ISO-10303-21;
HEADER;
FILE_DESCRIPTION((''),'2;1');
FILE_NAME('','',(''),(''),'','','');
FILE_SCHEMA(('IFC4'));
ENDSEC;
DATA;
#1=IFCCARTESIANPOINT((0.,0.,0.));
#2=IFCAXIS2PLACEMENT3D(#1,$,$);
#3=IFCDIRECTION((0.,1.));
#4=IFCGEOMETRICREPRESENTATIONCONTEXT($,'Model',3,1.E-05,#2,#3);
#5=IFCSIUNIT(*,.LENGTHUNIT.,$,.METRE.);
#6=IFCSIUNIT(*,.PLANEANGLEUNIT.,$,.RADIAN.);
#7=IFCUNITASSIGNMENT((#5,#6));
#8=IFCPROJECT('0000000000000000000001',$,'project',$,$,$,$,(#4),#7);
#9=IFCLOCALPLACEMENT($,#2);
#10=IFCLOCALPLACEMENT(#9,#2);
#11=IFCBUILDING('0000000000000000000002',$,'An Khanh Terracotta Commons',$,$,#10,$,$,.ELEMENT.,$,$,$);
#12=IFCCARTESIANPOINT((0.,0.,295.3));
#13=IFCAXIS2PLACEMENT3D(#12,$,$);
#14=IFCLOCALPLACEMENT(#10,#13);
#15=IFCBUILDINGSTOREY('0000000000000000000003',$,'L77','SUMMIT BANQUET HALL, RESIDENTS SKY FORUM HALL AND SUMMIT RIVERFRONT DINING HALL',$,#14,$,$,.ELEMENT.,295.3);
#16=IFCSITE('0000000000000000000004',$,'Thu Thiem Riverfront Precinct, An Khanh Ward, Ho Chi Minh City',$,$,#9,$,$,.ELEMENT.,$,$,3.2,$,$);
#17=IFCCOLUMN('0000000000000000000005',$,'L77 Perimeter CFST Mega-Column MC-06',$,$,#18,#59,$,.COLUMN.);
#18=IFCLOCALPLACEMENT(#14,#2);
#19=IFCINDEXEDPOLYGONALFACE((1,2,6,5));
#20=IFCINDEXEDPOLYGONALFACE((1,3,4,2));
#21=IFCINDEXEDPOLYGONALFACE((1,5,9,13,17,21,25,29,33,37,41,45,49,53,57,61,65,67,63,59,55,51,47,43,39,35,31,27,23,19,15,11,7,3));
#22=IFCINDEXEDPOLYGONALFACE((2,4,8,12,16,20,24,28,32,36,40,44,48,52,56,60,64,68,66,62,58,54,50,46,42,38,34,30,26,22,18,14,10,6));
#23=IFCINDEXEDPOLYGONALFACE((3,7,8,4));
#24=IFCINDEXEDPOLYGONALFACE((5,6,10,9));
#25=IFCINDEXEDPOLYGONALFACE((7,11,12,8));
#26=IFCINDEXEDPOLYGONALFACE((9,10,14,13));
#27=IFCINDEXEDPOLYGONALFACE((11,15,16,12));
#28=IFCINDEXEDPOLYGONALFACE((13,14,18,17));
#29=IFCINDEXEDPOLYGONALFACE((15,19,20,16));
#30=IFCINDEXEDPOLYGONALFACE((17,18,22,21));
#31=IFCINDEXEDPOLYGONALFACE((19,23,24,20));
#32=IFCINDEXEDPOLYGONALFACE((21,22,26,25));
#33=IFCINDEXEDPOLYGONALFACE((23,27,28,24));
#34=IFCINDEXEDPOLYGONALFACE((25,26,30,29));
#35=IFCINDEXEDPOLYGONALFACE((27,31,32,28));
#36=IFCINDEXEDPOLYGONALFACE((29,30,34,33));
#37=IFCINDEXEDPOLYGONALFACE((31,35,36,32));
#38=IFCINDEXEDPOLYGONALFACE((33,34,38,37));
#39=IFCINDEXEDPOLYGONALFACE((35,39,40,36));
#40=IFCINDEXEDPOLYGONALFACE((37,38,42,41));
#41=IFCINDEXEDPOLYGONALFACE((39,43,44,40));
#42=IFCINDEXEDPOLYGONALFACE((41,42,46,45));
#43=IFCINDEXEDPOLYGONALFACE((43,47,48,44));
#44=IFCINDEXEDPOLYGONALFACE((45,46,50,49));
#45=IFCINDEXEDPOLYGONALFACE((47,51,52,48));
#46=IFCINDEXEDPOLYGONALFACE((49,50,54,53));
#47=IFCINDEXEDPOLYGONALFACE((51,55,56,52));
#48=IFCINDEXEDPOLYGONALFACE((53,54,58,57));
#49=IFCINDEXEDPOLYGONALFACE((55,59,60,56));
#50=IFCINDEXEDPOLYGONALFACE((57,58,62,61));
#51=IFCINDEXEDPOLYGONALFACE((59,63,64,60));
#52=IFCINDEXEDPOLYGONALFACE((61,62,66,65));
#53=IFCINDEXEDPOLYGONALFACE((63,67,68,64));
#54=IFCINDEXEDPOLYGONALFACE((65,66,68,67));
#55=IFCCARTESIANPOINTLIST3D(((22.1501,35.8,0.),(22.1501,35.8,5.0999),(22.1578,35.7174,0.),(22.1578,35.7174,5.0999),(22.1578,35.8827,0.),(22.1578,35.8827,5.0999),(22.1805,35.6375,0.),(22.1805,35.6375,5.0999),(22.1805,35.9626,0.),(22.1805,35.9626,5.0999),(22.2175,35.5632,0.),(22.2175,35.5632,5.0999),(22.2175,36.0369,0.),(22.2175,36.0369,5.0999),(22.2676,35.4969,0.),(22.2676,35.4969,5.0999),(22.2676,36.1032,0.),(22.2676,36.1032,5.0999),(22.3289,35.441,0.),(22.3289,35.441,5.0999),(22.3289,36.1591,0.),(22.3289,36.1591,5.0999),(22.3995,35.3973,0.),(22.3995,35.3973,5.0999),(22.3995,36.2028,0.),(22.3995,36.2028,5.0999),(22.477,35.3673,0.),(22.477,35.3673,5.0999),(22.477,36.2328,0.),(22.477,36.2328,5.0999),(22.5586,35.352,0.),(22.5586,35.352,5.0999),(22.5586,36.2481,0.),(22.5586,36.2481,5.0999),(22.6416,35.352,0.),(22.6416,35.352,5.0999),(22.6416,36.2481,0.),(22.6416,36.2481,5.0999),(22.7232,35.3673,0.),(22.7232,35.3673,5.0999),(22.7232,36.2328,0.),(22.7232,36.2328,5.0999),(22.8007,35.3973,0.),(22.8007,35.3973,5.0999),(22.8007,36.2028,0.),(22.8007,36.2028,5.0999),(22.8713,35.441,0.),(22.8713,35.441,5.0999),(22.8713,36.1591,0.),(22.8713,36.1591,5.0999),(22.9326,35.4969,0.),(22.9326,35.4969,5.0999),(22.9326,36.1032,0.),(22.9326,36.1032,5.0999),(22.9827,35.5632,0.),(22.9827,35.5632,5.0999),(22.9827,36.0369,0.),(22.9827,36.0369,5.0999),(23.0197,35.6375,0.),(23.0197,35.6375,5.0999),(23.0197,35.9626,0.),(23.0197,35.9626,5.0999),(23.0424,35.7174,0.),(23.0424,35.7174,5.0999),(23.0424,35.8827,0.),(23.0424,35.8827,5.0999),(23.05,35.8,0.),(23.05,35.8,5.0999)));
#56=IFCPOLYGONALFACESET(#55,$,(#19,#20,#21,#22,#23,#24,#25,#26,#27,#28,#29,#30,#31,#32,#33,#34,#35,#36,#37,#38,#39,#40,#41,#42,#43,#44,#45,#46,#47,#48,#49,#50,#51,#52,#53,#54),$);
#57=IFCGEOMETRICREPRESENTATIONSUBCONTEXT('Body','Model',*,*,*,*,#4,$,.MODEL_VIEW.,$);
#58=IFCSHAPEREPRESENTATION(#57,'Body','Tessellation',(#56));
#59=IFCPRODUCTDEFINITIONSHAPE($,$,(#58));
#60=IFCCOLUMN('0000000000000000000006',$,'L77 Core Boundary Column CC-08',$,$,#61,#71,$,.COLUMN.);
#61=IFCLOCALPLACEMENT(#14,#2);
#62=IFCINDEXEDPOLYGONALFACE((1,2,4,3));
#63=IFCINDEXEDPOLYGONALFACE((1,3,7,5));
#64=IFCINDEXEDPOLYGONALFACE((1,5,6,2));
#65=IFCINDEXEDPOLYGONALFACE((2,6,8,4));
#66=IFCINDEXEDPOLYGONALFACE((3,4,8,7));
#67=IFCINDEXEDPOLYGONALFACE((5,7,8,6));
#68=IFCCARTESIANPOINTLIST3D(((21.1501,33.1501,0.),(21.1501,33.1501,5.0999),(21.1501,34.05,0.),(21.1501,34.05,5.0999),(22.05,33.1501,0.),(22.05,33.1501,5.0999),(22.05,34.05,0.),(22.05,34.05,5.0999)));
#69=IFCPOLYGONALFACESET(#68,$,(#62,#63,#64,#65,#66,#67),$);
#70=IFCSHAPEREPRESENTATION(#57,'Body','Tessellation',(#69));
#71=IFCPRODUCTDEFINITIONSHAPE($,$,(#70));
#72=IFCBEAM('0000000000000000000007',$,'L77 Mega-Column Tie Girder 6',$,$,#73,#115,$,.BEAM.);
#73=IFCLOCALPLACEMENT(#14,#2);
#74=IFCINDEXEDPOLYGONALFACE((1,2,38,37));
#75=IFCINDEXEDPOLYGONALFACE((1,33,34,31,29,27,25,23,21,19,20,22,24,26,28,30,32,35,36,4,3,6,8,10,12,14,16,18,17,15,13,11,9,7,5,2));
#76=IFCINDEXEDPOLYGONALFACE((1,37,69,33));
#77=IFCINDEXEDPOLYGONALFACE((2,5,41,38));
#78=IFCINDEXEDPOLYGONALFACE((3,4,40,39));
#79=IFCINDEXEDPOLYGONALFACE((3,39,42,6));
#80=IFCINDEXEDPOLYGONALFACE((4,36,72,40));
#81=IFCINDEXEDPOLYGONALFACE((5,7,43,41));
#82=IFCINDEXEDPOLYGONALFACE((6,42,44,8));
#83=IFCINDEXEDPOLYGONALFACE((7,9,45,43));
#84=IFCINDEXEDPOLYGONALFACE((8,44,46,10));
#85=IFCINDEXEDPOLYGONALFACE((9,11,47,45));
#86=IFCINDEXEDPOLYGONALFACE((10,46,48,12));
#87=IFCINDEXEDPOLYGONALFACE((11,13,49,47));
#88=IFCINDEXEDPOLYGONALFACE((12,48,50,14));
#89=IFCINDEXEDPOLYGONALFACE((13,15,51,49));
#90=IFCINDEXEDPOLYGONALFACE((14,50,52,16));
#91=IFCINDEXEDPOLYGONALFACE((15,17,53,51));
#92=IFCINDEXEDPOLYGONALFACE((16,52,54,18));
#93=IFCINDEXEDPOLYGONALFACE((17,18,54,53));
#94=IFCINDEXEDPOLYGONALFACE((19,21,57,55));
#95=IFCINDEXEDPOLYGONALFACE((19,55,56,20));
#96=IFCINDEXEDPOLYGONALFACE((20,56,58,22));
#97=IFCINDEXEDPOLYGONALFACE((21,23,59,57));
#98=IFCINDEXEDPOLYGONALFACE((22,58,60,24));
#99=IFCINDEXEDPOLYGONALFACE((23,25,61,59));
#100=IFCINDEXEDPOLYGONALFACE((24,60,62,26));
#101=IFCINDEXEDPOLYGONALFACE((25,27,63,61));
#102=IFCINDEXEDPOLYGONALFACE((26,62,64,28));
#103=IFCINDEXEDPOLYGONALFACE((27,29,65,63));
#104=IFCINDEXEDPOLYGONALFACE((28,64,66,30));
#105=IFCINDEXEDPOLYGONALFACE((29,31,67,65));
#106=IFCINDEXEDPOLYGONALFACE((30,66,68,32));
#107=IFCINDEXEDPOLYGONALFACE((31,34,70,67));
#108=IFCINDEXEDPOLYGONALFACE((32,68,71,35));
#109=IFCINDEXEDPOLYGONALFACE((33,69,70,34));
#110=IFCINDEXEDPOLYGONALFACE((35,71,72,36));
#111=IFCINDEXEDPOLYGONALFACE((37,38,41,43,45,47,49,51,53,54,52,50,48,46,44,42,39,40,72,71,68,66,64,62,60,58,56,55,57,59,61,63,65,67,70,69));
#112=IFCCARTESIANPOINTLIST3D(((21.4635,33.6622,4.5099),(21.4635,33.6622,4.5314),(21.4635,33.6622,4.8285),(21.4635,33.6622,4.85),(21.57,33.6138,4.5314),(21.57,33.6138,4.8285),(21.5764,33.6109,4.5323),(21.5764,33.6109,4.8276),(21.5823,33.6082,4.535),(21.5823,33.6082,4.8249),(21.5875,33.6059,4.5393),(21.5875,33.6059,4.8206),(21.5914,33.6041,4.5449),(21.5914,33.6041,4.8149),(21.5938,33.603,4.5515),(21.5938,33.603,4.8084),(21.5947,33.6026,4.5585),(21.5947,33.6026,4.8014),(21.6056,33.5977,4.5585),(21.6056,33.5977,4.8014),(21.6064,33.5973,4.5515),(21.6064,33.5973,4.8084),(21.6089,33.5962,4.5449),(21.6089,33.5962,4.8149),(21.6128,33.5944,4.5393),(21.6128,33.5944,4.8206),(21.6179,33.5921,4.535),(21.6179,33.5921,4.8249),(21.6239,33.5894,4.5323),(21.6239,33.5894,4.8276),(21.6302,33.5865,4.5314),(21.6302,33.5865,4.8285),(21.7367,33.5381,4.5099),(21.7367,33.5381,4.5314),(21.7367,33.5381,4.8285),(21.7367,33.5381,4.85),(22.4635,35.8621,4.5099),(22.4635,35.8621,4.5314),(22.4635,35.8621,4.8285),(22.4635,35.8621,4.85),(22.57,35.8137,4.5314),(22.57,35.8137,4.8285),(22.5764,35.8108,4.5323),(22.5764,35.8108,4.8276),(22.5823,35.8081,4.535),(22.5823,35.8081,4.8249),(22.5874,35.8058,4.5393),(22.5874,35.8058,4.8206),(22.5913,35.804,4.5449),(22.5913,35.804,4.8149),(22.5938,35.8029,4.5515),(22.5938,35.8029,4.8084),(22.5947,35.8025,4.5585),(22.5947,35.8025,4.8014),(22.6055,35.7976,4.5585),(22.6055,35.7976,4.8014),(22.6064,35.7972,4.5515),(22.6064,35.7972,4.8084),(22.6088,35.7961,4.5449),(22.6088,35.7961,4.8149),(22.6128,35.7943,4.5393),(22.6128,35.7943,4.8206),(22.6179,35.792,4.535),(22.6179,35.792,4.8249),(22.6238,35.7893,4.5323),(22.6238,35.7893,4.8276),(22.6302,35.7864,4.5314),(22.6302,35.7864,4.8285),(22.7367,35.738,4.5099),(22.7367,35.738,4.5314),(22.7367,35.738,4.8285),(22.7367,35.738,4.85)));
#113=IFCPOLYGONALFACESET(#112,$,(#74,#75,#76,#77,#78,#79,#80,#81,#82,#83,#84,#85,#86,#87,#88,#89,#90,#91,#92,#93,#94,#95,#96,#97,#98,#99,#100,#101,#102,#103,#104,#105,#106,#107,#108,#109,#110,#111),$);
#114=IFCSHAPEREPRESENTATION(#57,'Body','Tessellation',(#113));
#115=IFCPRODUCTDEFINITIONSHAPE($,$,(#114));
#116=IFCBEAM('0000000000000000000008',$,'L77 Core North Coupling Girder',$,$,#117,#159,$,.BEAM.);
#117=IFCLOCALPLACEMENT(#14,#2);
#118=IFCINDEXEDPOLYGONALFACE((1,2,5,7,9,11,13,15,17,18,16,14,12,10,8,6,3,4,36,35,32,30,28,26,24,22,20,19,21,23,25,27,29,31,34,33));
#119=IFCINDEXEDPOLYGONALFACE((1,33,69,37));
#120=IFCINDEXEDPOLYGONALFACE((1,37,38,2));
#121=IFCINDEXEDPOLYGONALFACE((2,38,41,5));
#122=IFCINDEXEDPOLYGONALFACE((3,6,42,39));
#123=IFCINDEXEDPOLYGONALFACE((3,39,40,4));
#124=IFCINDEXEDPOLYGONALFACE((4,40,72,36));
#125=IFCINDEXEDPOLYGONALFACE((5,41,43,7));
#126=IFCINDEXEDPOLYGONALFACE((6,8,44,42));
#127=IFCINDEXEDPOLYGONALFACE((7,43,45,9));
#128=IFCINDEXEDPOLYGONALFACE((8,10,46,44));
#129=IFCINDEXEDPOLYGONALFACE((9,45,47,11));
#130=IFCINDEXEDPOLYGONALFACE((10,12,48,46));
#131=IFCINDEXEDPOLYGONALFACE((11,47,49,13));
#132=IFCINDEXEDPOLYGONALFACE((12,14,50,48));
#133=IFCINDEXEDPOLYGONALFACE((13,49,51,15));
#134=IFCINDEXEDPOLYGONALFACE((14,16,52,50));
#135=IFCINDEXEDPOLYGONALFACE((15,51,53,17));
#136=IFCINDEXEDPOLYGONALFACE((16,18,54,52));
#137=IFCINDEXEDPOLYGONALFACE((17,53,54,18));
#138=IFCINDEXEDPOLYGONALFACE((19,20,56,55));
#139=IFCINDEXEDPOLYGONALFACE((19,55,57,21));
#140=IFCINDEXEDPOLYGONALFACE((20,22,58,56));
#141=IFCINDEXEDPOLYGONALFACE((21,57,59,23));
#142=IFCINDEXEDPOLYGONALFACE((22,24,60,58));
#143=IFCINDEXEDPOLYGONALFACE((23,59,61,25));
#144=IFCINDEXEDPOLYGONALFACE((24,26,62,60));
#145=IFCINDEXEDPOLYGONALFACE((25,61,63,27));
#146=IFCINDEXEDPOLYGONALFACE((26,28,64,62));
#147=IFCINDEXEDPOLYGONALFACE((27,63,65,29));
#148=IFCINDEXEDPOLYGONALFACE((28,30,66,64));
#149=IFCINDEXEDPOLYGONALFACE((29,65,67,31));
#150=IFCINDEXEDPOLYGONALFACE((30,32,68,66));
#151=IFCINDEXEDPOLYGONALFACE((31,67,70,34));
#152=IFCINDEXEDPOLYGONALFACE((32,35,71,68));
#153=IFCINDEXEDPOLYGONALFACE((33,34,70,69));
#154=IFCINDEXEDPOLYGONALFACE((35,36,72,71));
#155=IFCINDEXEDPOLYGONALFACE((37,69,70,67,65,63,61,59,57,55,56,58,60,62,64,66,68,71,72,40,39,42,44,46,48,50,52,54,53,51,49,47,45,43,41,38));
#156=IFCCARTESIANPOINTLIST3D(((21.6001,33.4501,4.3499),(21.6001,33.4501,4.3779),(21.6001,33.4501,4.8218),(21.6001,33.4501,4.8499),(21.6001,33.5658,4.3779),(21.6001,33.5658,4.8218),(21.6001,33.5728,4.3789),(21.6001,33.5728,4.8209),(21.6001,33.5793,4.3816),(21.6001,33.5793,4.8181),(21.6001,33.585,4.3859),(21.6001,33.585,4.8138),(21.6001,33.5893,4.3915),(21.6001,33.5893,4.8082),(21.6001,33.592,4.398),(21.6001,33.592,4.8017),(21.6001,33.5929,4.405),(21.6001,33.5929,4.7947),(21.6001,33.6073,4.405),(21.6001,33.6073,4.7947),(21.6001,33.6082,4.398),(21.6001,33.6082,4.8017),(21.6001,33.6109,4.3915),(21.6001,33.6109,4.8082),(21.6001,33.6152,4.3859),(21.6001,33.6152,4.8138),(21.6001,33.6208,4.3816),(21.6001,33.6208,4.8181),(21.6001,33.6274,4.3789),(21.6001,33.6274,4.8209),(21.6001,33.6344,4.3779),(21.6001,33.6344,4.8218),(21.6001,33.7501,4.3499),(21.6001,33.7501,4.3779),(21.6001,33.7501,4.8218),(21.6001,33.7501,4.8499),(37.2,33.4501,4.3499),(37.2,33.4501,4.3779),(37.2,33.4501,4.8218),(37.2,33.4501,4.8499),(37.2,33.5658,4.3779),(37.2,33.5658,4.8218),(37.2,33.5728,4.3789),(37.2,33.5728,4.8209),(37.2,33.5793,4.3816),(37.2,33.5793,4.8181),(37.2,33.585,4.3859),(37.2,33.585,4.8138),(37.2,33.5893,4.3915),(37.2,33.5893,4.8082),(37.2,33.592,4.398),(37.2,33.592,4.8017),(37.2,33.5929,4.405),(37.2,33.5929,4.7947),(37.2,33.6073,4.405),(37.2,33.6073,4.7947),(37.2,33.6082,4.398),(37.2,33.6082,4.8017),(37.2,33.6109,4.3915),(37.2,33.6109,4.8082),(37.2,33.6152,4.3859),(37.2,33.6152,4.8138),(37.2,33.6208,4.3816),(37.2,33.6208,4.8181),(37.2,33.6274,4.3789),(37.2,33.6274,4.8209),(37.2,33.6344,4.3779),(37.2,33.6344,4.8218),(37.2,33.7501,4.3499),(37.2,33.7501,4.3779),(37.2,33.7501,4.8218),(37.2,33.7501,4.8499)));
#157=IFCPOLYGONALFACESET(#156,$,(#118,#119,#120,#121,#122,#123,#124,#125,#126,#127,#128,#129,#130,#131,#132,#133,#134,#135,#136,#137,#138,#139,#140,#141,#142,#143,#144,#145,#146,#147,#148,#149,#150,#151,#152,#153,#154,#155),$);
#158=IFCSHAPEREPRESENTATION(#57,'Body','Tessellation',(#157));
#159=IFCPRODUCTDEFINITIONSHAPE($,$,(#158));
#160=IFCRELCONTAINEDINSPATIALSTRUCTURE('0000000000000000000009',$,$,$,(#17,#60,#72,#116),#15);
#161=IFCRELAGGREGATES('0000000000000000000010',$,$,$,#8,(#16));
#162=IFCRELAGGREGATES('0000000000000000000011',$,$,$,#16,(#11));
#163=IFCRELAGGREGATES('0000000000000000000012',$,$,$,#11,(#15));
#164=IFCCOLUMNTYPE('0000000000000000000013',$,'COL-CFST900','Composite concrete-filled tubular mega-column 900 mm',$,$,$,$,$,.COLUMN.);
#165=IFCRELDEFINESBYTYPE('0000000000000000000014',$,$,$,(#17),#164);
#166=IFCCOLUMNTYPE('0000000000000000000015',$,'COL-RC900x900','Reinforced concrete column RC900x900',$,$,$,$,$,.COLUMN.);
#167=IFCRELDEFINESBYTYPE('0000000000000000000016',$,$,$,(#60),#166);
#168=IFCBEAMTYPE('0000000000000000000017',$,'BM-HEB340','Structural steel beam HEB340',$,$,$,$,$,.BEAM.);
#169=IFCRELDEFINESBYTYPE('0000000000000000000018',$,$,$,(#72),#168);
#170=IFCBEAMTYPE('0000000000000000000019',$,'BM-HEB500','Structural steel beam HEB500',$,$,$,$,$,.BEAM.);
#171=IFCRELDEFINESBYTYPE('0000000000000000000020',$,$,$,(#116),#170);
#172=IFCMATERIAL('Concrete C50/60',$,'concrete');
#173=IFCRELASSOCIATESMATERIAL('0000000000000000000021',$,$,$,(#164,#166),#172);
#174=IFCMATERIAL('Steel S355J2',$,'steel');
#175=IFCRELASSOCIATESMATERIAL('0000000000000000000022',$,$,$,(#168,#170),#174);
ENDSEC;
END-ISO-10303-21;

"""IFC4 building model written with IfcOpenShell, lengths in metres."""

from ifc_helpers import new_model, si_unit, direction, frame, origin, origin_2d, place, context, subcontext, project, spatial, rectangle, circle, i_section, extrude, material, material_profile, profile_set, type_object, element, save


model = new_model("IFC4")

# Units and contexts
model_context = context("Model", 3, precision=1e-05, world=origin(), true_north=direction((0.0, 1.0)))
body_context = subcontext(model_context, "Body", "Model", "MODEL_VIEW")
ifc_project = project(units=[si_unit("LENGTHUNIT", "METRE"), si_unit("PLANEANGLEUNIT", "RADIAN")], contexts=[model_context])

# Site, building, storey
site_placement = place(None, origin())
site = spatial("IfcSite", under=ifc_project, at=site_placement, Name="Thu Thiem Riverfront Precinct, An Khanh Ward, Ho Chi Minh City", CompositionType="ELEMENT", RefElevation=3.2)
building_placement = place(site_placement, origin())
building = spatial("IfcBuilding", under=site, at=building_placement, Name="An Khanh Terracotta Commons", CompositionType="ELEMENT")
storey_placement = place(building_placement, frame((0.0, 0.0, 295.3)))
storey = spatial("IfcBuildingStorey", under=building, at=storey_placement, Name="L77", Description="SUMMIT BANQUET HALL, RESIDENTS SKY FORUM HALL AND SUMMIT RIVERFRONT DINING HALL", CompositionType="ELEMENT", Elevation=295.3)

# Columns
ifc_material_1 = material(Name="Concrete C50/60", Category="concrete")
ifc_material_profile_1 = material_profile(ifc_material_1, circle(Radius=0.45, at=origin_2d()), Name="CFST900")
ifc_profile_set_1 = profile_set([ifc_material_profile_1], Name="Concrete C50/60")
column_type_1 = type_object("IfcColumnType", Name="COL-CFST900", Description="Composite concrete-filled tubular mega-column 900 mm", PredefinedType="COLUMN", material=ifc_profile_set_1)
column_1_placement = place(storey_placement, frame((22.6001, 35.8, 0.0), z_axis=(0.0, 0.0, 1.0), x_axis=(1.0, 0.0, 0.0)))
element("IfcColumn", 1, at=column_1_placement, inside=storey, type_object=column_type_1, Name="L77 Perimeter CFST Mega-Column MC-06", PredefinedType="COLUMN", context=body_context, shape_type="SweptSolid", body=[
    extrude(circle(Radius=0.45, at=origin_2d()), origin(), (0.0, 0.0, 1.0), 5.0999),
])
ifc_material_profile_2 = material_profile(ifc_material_1, rectangle(XDim=0.8999, YDim=0.8999, at=origin_2d()), Name="RC900x900")
ifc_profile_set_2 = profile_set([ifc_material_profile_2], Name="Concrete C50/60")
column_type_2 = type_object("IfcColumnType", Name="COL-RC900x900", Description="Reinforced concrete column RC900x900", PredefinedType="COLUMN", material=ifc_profile_set_2)
column_2_placement = place(storey_placement, frame((21.6001, 33.6001, 0.0), z_axis=(0.0, 0.0, 1.0), x_axis=(1.0, 0.0, 0.0)))
element("IfcColumn", 2, at=column_2_placement, inside=storey, type_object=column_type_2, Name="L77 Core Boundary Column CC-08", PredefinedType="COLUMN", context=body_context, shape_type="SweptSolid", body=[
    extrude(rectangle(XDim=0.8999, YDim=0.8999, at=origin_2d()), origin(), (0.0, 0.0, 1.0), 5.0999),
])

# Beams
ifc_material_2 = material(Name="Steel S355J2", Category="steel")
ifc_material_profile_3 = material_profile(ifc_material_2, i_section(OverallWidth=0.3, OverallDepth=0.3401, WebThickness=0.012, FlangeThickness=0.0215, FilletRadius=0.0271, at=origin_2d()), Name="HEB340")
ifc_profile_set_3 = profile_set([ifc_material_profile_3], Name="Steel S355J2")
beam_type_1 = type_object("IfcBeamType", Name="BM-HEB340", Description="Structural steel beam HEB340", PredefinedType="BEAM", material=ifc_profile_set_3)
beam_1_placement = place(storey_placement, frame((22.6001, 35.8, 4.6799), z_axis=(-0.413811, -0.910363, 0.0), x_axis=(0.910363, -0.413811, 0.0)))
element("IfcBeam", 3, at=beam_1_placement, inside=storey, type_object=beam_type_1, Name="L77 Mega-Column Tie Girder 6", PredefinedType="BEAM", context=body_context, shape_type="SweptSolid", body=[
    extrude(i_section(OverallWidth=0.3, OverallDepth=0.3401, WebThickness=0.012, FlangeThickness=0.0215, FilletRadius=0.0271, at=origin_2d()), origin(), (0.0, 0.0, 1.0), 2.4165),
])
ifc_material_profile_4 = material_profile(ifc_material_2, i_section(OverallWidth=0.3, OverallDepth=0.5, WebThickness=0.0144, FlangeThickness=0.0281, FilletRadius=0.0271, at=origin_2d()), Name="HEB500")
ifc_profile_set_4 = profile_set([ifc_material_profile_4], Name="Steel S355J2")
beam_type_2 = type_object("IfcBeamType", Name="BM-HEB500", Description="Structural steel beam HEB500", PredefinedType="BEAM", material=ifc_profile_set_4)
beam_2_placement = place(storey_placement, frame((21.6001, 33.6001, 4.5999), z_axis=(1.0, 0.0, 0.0), x_axis=(0.0, 1.0, 0.0)))
element("IfcBeam", 4, at=beam_2_placement, inside=storey, type_object=beam_type_2, Name="L77 Core North Coupling Girder", PredefinedType="BEAM", context=body_context, shape_type="SweptSolid", body=[
    extrude(i_section(OverallWidth=0.3, OverallDepth=0.5, WebThickness=0.0144, FlangeThickness=0.0281, FilletRadius=0.0271, at=origin_2d()), origin(), (0.0, 0.0, 1.0), 15.5999),
])

save(model, "model.ifc")
